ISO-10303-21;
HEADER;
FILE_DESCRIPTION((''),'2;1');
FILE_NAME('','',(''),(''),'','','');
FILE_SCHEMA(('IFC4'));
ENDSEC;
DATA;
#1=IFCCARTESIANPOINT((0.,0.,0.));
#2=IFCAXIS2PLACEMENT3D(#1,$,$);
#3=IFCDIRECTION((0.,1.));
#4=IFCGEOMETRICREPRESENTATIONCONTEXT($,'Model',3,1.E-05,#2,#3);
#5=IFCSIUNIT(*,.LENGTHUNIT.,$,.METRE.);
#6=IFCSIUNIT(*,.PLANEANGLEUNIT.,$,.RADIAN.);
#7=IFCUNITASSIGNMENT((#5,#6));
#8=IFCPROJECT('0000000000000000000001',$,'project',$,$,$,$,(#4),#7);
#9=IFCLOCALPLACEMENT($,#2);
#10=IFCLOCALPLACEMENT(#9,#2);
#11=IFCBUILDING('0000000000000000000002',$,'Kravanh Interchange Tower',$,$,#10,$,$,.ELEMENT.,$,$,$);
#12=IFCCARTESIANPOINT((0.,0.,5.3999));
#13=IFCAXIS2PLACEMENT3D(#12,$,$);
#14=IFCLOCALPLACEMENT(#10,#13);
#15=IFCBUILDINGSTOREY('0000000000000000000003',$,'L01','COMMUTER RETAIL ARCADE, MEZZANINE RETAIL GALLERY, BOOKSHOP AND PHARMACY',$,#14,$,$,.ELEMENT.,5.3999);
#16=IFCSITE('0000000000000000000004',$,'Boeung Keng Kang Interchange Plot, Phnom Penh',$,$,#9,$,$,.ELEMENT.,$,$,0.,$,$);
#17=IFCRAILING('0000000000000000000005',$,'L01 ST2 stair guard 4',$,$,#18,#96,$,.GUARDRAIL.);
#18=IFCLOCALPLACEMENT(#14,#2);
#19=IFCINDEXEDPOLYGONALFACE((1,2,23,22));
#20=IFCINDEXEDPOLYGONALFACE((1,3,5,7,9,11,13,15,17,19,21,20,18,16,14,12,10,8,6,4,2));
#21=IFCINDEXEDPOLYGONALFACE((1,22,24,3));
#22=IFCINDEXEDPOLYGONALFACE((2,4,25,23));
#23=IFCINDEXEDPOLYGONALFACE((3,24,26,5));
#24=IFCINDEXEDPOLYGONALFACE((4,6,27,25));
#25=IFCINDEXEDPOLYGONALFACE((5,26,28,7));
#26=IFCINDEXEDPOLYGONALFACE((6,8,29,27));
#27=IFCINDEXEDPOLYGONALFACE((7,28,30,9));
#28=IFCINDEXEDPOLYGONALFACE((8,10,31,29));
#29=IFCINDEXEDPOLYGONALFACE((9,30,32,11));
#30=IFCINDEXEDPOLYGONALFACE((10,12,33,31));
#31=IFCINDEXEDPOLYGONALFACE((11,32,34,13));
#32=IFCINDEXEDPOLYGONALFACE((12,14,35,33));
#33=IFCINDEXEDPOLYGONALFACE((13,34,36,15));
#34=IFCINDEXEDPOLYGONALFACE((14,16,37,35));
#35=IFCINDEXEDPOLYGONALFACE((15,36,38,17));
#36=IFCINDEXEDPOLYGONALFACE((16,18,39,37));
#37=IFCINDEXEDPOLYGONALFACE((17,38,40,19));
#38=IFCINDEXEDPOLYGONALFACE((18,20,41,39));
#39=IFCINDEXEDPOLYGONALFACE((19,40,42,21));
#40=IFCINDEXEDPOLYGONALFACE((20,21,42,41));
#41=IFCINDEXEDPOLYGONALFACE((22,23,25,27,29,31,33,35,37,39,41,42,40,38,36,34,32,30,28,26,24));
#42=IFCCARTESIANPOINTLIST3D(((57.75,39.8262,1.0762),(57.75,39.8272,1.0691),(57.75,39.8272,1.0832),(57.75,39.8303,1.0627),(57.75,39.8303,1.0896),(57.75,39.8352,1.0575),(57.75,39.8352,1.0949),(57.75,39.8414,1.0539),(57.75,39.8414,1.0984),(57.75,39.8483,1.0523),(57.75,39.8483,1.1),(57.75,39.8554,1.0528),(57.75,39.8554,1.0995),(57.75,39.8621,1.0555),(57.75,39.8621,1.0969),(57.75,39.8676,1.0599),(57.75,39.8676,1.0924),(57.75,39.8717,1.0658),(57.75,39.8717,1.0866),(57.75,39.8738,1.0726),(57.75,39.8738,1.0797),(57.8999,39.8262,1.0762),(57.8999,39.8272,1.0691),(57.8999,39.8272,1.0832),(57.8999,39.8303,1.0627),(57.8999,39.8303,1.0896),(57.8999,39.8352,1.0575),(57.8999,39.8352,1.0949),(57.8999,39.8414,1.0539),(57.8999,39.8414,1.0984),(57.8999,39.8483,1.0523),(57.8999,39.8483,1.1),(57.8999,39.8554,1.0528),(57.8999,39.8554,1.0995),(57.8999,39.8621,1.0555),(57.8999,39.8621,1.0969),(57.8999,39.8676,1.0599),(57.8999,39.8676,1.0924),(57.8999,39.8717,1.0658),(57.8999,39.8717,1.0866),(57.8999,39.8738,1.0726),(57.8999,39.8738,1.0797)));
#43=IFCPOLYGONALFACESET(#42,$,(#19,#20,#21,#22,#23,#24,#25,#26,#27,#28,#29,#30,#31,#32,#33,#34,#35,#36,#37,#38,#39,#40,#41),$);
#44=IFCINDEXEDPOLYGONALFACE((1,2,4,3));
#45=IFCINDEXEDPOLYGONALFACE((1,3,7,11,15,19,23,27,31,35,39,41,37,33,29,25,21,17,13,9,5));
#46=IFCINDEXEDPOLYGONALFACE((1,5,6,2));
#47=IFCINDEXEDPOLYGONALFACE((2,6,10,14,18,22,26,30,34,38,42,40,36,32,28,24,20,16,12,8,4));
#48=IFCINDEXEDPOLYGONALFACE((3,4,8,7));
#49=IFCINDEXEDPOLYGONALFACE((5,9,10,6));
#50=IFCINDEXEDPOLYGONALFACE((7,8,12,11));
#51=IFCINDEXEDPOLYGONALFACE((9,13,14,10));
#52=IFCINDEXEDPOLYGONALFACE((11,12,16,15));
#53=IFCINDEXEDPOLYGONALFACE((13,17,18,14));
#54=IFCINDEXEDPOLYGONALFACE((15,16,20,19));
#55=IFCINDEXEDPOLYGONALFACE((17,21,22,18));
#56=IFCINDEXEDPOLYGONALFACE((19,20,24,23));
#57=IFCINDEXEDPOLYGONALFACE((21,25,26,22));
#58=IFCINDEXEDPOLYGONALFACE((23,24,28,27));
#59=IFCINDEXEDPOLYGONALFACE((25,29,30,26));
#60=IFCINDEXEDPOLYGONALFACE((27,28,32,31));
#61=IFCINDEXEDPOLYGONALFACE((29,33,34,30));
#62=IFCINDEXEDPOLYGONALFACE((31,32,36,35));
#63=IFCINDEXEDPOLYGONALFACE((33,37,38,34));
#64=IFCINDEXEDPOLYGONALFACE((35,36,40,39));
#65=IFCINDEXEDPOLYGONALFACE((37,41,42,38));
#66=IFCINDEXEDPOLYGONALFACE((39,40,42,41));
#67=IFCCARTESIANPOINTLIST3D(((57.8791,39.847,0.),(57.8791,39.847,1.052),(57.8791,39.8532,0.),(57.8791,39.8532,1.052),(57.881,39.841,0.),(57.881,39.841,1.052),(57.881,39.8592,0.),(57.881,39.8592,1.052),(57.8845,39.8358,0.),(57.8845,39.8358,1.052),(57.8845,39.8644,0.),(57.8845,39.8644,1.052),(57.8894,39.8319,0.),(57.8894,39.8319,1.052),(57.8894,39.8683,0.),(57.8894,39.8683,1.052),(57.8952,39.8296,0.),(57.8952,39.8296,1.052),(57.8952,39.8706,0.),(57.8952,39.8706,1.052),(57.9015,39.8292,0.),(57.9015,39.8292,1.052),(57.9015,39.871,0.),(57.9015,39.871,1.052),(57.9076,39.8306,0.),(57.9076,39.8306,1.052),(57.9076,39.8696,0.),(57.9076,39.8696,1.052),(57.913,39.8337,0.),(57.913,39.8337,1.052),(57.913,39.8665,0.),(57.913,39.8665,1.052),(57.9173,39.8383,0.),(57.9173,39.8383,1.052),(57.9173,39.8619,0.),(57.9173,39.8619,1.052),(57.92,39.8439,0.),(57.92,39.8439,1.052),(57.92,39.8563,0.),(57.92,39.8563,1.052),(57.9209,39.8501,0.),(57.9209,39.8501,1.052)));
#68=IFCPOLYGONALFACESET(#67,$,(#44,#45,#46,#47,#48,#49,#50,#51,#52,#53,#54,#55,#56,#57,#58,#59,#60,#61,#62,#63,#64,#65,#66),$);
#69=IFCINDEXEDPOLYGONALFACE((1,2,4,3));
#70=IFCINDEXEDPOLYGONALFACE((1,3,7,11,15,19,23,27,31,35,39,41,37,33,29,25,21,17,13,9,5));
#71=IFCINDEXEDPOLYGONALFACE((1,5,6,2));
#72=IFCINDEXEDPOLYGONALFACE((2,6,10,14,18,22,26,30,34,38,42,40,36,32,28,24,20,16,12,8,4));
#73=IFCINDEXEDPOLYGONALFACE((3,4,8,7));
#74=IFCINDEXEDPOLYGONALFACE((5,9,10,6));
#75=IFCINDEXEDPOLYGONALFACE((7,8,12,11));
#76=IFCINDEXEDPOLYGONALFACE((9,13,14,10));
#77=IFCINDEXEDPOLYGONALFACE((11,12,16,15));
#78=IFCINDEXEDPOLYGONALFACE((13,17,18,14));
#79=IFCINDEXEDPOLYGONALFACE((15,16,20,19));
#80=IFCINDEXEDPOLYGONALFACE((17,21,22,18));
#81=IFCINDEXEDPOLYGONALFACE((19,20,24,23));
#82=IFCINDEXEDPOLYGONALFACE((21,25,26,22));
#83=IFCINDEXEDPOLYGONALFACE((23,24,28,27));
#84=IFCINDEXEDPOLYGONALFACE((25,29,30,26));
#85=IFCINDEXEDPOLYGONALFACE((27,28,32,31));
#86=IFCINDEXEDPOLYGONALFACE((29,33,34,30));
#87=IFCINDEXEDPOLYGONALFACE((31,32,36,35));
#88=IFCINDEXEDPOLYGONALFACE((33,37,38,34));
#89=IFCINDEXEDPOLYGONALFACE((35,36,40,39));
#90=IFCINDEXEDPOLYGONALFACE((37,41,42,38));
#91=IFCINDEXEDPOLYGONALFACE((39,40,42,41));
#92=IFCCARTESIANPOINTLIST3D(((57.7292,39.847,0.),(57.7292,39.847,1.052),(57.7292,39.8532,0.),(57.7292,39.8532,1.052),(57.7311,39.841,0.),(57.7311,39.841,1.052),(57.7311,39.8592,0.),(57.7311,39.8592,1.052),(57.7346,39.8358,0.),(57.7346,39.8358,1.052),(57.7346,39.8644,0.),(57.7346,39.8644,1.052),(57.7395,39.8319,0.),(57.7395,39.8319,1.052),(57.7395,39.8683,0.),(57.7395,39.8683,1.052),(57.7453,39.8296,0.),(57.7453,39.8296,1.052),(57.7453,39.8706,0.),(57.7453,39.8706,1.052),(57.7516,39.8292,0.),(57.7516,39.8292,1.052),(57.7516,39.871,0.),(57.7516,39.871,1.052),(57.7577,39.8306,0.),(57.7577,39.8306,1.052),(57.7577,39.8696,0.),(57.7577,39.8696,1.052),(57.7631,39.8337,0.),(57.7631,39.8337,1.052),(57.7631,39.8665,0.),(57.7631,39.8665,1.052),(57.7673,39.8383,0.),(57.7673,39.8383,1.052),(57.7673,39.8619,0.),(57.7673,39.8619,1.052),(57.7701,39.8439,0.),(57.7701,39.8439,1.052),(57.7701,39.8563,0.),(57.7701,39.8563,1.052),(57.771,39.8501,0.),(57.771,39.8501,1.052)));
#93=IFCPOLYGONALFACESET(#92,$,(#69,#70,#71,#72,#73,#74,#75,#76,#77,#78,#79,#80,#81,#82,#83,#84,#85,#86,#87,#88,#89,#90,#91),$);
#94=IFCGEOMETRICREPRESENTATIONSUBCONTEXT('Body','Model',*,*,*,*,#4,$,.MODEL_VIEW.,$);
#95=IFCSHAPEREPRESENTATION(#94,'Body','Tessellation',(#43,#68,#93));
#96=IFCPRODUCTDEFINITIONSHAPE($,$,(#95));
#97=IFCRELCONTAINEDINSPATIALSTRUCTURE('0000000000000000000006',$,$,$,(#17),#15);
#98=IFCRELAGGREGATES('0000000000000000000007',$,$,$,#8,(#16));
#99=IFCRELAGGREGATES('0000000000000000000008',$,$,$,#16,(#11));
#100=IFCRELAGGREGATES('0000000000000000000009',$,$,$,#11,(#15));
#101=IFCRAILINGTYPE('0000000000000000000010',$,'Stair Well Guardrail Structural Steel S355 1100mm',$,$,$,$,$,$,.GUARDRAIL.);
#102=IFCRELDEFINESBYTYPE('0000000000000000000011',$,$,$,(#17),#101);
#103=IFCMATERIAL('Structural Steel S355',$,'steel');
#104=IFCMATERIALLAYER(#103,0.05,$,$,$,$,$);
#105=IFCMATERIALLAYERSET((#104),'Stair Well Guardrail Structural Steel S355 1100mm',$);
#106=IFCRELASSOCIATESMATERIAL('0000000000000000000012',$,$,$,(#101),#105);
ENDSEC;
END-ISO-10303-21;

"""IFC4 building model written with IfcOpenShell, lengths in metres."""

from ifc_helpers import new_model, si_unit, direction, frame, origin, origin_2d, place, context, subcontext, project, spatial, circle, extrude, material, layer, layer_set, type_object, element, save


model = new_model("IFC4")

# Units and contexts
model_context = context("Model", 3, precision=1e-05, world=origin(), true_north=direction((0.0, 1.0)))
body_context = subcontext(model_context, "Body", "Model", "MODEL_VIEW")
ifc_project = project(units=[si_unit("LENGTHUNIT", "METRE"), si_unit("PLANEANGLEUNIT", "RADIAN")], contexts=[model_context])

# Site, building, storey
site_placement = place(None, origin())
site = spatial("IfcSite", under=ifc_project, at=site_placement, Name="Boeung Keng Kang Interchange Plot, Phnom Penh", CompositionType="ELEMENT", RefElevation=0.0)
building_placement = place(site_placement, origin())
building = spatial("IfcBuilding", under=site, at=building_placement, Name="Kravanh Interchange Tower", CompositionType="ELEMENT")
storey_placement = place(building_placement, frame((0.0, 0.0, 5.3999)))
storey = spatial("IfcBuildingStorey", under=building, at=storey_placement, Name="L01", Description="COMMUTER RETAIL ARCADE, MEZZANINE RETAIL GALLERY, BOOKSHOP AND PHARMACY", CompositionType="ELEMENT", Elevation=5.3999)

# Railing
ifc_material_1 = material(Name="Structural Steel S355", Category="steel")
ifc_layer_1 = layer(ifc_material_1, 0.05)
ifc_layer_set_1 = layer_set([ifc_layer_1], Name="Stair Well Guardrail Structural Steel S355 1100mm")
railing_type_1 = type_object("IfcRailingType", Name="Stair Well Guardrail Structural Steel S355 1100mm", PredefinedType="GUARDRAIL", material=ifc_layer_set_1)
railing_1_placement = place(storey_placement, frame((57.8999, 39.8501, 0.0)))
element("IfcRailing", 1, at=railing_1_placement, inside=storey, type_object=railing_type_1, Name="L01 ST2 stair guard 4", PredefinedType="GUARDRAIL", context=body_context, shape_type="SweptSolid", body=[
    extrude(circle(Radius=0.0239, at=origin_2d()), frame((0.0, 0.0, 1.0762), z_axis=(-1.0, 0.0, 0.0), x_axis=(0.0, -1.0, 0.0)), (0.0, 0.0, 1.0), 0.1499),
    extrude(circle(Radius=0.021, at=origin_2d()), origin(), (0.0, 0.0, 1.0), 1.052),
    extrude(circle(Radius=0.021, at=origin_2d()), frame((-0.1499, 0.0, 0.0)), (0.0, 0.0, 1.0), 1.052),
])

save(model, "model.ifc")
